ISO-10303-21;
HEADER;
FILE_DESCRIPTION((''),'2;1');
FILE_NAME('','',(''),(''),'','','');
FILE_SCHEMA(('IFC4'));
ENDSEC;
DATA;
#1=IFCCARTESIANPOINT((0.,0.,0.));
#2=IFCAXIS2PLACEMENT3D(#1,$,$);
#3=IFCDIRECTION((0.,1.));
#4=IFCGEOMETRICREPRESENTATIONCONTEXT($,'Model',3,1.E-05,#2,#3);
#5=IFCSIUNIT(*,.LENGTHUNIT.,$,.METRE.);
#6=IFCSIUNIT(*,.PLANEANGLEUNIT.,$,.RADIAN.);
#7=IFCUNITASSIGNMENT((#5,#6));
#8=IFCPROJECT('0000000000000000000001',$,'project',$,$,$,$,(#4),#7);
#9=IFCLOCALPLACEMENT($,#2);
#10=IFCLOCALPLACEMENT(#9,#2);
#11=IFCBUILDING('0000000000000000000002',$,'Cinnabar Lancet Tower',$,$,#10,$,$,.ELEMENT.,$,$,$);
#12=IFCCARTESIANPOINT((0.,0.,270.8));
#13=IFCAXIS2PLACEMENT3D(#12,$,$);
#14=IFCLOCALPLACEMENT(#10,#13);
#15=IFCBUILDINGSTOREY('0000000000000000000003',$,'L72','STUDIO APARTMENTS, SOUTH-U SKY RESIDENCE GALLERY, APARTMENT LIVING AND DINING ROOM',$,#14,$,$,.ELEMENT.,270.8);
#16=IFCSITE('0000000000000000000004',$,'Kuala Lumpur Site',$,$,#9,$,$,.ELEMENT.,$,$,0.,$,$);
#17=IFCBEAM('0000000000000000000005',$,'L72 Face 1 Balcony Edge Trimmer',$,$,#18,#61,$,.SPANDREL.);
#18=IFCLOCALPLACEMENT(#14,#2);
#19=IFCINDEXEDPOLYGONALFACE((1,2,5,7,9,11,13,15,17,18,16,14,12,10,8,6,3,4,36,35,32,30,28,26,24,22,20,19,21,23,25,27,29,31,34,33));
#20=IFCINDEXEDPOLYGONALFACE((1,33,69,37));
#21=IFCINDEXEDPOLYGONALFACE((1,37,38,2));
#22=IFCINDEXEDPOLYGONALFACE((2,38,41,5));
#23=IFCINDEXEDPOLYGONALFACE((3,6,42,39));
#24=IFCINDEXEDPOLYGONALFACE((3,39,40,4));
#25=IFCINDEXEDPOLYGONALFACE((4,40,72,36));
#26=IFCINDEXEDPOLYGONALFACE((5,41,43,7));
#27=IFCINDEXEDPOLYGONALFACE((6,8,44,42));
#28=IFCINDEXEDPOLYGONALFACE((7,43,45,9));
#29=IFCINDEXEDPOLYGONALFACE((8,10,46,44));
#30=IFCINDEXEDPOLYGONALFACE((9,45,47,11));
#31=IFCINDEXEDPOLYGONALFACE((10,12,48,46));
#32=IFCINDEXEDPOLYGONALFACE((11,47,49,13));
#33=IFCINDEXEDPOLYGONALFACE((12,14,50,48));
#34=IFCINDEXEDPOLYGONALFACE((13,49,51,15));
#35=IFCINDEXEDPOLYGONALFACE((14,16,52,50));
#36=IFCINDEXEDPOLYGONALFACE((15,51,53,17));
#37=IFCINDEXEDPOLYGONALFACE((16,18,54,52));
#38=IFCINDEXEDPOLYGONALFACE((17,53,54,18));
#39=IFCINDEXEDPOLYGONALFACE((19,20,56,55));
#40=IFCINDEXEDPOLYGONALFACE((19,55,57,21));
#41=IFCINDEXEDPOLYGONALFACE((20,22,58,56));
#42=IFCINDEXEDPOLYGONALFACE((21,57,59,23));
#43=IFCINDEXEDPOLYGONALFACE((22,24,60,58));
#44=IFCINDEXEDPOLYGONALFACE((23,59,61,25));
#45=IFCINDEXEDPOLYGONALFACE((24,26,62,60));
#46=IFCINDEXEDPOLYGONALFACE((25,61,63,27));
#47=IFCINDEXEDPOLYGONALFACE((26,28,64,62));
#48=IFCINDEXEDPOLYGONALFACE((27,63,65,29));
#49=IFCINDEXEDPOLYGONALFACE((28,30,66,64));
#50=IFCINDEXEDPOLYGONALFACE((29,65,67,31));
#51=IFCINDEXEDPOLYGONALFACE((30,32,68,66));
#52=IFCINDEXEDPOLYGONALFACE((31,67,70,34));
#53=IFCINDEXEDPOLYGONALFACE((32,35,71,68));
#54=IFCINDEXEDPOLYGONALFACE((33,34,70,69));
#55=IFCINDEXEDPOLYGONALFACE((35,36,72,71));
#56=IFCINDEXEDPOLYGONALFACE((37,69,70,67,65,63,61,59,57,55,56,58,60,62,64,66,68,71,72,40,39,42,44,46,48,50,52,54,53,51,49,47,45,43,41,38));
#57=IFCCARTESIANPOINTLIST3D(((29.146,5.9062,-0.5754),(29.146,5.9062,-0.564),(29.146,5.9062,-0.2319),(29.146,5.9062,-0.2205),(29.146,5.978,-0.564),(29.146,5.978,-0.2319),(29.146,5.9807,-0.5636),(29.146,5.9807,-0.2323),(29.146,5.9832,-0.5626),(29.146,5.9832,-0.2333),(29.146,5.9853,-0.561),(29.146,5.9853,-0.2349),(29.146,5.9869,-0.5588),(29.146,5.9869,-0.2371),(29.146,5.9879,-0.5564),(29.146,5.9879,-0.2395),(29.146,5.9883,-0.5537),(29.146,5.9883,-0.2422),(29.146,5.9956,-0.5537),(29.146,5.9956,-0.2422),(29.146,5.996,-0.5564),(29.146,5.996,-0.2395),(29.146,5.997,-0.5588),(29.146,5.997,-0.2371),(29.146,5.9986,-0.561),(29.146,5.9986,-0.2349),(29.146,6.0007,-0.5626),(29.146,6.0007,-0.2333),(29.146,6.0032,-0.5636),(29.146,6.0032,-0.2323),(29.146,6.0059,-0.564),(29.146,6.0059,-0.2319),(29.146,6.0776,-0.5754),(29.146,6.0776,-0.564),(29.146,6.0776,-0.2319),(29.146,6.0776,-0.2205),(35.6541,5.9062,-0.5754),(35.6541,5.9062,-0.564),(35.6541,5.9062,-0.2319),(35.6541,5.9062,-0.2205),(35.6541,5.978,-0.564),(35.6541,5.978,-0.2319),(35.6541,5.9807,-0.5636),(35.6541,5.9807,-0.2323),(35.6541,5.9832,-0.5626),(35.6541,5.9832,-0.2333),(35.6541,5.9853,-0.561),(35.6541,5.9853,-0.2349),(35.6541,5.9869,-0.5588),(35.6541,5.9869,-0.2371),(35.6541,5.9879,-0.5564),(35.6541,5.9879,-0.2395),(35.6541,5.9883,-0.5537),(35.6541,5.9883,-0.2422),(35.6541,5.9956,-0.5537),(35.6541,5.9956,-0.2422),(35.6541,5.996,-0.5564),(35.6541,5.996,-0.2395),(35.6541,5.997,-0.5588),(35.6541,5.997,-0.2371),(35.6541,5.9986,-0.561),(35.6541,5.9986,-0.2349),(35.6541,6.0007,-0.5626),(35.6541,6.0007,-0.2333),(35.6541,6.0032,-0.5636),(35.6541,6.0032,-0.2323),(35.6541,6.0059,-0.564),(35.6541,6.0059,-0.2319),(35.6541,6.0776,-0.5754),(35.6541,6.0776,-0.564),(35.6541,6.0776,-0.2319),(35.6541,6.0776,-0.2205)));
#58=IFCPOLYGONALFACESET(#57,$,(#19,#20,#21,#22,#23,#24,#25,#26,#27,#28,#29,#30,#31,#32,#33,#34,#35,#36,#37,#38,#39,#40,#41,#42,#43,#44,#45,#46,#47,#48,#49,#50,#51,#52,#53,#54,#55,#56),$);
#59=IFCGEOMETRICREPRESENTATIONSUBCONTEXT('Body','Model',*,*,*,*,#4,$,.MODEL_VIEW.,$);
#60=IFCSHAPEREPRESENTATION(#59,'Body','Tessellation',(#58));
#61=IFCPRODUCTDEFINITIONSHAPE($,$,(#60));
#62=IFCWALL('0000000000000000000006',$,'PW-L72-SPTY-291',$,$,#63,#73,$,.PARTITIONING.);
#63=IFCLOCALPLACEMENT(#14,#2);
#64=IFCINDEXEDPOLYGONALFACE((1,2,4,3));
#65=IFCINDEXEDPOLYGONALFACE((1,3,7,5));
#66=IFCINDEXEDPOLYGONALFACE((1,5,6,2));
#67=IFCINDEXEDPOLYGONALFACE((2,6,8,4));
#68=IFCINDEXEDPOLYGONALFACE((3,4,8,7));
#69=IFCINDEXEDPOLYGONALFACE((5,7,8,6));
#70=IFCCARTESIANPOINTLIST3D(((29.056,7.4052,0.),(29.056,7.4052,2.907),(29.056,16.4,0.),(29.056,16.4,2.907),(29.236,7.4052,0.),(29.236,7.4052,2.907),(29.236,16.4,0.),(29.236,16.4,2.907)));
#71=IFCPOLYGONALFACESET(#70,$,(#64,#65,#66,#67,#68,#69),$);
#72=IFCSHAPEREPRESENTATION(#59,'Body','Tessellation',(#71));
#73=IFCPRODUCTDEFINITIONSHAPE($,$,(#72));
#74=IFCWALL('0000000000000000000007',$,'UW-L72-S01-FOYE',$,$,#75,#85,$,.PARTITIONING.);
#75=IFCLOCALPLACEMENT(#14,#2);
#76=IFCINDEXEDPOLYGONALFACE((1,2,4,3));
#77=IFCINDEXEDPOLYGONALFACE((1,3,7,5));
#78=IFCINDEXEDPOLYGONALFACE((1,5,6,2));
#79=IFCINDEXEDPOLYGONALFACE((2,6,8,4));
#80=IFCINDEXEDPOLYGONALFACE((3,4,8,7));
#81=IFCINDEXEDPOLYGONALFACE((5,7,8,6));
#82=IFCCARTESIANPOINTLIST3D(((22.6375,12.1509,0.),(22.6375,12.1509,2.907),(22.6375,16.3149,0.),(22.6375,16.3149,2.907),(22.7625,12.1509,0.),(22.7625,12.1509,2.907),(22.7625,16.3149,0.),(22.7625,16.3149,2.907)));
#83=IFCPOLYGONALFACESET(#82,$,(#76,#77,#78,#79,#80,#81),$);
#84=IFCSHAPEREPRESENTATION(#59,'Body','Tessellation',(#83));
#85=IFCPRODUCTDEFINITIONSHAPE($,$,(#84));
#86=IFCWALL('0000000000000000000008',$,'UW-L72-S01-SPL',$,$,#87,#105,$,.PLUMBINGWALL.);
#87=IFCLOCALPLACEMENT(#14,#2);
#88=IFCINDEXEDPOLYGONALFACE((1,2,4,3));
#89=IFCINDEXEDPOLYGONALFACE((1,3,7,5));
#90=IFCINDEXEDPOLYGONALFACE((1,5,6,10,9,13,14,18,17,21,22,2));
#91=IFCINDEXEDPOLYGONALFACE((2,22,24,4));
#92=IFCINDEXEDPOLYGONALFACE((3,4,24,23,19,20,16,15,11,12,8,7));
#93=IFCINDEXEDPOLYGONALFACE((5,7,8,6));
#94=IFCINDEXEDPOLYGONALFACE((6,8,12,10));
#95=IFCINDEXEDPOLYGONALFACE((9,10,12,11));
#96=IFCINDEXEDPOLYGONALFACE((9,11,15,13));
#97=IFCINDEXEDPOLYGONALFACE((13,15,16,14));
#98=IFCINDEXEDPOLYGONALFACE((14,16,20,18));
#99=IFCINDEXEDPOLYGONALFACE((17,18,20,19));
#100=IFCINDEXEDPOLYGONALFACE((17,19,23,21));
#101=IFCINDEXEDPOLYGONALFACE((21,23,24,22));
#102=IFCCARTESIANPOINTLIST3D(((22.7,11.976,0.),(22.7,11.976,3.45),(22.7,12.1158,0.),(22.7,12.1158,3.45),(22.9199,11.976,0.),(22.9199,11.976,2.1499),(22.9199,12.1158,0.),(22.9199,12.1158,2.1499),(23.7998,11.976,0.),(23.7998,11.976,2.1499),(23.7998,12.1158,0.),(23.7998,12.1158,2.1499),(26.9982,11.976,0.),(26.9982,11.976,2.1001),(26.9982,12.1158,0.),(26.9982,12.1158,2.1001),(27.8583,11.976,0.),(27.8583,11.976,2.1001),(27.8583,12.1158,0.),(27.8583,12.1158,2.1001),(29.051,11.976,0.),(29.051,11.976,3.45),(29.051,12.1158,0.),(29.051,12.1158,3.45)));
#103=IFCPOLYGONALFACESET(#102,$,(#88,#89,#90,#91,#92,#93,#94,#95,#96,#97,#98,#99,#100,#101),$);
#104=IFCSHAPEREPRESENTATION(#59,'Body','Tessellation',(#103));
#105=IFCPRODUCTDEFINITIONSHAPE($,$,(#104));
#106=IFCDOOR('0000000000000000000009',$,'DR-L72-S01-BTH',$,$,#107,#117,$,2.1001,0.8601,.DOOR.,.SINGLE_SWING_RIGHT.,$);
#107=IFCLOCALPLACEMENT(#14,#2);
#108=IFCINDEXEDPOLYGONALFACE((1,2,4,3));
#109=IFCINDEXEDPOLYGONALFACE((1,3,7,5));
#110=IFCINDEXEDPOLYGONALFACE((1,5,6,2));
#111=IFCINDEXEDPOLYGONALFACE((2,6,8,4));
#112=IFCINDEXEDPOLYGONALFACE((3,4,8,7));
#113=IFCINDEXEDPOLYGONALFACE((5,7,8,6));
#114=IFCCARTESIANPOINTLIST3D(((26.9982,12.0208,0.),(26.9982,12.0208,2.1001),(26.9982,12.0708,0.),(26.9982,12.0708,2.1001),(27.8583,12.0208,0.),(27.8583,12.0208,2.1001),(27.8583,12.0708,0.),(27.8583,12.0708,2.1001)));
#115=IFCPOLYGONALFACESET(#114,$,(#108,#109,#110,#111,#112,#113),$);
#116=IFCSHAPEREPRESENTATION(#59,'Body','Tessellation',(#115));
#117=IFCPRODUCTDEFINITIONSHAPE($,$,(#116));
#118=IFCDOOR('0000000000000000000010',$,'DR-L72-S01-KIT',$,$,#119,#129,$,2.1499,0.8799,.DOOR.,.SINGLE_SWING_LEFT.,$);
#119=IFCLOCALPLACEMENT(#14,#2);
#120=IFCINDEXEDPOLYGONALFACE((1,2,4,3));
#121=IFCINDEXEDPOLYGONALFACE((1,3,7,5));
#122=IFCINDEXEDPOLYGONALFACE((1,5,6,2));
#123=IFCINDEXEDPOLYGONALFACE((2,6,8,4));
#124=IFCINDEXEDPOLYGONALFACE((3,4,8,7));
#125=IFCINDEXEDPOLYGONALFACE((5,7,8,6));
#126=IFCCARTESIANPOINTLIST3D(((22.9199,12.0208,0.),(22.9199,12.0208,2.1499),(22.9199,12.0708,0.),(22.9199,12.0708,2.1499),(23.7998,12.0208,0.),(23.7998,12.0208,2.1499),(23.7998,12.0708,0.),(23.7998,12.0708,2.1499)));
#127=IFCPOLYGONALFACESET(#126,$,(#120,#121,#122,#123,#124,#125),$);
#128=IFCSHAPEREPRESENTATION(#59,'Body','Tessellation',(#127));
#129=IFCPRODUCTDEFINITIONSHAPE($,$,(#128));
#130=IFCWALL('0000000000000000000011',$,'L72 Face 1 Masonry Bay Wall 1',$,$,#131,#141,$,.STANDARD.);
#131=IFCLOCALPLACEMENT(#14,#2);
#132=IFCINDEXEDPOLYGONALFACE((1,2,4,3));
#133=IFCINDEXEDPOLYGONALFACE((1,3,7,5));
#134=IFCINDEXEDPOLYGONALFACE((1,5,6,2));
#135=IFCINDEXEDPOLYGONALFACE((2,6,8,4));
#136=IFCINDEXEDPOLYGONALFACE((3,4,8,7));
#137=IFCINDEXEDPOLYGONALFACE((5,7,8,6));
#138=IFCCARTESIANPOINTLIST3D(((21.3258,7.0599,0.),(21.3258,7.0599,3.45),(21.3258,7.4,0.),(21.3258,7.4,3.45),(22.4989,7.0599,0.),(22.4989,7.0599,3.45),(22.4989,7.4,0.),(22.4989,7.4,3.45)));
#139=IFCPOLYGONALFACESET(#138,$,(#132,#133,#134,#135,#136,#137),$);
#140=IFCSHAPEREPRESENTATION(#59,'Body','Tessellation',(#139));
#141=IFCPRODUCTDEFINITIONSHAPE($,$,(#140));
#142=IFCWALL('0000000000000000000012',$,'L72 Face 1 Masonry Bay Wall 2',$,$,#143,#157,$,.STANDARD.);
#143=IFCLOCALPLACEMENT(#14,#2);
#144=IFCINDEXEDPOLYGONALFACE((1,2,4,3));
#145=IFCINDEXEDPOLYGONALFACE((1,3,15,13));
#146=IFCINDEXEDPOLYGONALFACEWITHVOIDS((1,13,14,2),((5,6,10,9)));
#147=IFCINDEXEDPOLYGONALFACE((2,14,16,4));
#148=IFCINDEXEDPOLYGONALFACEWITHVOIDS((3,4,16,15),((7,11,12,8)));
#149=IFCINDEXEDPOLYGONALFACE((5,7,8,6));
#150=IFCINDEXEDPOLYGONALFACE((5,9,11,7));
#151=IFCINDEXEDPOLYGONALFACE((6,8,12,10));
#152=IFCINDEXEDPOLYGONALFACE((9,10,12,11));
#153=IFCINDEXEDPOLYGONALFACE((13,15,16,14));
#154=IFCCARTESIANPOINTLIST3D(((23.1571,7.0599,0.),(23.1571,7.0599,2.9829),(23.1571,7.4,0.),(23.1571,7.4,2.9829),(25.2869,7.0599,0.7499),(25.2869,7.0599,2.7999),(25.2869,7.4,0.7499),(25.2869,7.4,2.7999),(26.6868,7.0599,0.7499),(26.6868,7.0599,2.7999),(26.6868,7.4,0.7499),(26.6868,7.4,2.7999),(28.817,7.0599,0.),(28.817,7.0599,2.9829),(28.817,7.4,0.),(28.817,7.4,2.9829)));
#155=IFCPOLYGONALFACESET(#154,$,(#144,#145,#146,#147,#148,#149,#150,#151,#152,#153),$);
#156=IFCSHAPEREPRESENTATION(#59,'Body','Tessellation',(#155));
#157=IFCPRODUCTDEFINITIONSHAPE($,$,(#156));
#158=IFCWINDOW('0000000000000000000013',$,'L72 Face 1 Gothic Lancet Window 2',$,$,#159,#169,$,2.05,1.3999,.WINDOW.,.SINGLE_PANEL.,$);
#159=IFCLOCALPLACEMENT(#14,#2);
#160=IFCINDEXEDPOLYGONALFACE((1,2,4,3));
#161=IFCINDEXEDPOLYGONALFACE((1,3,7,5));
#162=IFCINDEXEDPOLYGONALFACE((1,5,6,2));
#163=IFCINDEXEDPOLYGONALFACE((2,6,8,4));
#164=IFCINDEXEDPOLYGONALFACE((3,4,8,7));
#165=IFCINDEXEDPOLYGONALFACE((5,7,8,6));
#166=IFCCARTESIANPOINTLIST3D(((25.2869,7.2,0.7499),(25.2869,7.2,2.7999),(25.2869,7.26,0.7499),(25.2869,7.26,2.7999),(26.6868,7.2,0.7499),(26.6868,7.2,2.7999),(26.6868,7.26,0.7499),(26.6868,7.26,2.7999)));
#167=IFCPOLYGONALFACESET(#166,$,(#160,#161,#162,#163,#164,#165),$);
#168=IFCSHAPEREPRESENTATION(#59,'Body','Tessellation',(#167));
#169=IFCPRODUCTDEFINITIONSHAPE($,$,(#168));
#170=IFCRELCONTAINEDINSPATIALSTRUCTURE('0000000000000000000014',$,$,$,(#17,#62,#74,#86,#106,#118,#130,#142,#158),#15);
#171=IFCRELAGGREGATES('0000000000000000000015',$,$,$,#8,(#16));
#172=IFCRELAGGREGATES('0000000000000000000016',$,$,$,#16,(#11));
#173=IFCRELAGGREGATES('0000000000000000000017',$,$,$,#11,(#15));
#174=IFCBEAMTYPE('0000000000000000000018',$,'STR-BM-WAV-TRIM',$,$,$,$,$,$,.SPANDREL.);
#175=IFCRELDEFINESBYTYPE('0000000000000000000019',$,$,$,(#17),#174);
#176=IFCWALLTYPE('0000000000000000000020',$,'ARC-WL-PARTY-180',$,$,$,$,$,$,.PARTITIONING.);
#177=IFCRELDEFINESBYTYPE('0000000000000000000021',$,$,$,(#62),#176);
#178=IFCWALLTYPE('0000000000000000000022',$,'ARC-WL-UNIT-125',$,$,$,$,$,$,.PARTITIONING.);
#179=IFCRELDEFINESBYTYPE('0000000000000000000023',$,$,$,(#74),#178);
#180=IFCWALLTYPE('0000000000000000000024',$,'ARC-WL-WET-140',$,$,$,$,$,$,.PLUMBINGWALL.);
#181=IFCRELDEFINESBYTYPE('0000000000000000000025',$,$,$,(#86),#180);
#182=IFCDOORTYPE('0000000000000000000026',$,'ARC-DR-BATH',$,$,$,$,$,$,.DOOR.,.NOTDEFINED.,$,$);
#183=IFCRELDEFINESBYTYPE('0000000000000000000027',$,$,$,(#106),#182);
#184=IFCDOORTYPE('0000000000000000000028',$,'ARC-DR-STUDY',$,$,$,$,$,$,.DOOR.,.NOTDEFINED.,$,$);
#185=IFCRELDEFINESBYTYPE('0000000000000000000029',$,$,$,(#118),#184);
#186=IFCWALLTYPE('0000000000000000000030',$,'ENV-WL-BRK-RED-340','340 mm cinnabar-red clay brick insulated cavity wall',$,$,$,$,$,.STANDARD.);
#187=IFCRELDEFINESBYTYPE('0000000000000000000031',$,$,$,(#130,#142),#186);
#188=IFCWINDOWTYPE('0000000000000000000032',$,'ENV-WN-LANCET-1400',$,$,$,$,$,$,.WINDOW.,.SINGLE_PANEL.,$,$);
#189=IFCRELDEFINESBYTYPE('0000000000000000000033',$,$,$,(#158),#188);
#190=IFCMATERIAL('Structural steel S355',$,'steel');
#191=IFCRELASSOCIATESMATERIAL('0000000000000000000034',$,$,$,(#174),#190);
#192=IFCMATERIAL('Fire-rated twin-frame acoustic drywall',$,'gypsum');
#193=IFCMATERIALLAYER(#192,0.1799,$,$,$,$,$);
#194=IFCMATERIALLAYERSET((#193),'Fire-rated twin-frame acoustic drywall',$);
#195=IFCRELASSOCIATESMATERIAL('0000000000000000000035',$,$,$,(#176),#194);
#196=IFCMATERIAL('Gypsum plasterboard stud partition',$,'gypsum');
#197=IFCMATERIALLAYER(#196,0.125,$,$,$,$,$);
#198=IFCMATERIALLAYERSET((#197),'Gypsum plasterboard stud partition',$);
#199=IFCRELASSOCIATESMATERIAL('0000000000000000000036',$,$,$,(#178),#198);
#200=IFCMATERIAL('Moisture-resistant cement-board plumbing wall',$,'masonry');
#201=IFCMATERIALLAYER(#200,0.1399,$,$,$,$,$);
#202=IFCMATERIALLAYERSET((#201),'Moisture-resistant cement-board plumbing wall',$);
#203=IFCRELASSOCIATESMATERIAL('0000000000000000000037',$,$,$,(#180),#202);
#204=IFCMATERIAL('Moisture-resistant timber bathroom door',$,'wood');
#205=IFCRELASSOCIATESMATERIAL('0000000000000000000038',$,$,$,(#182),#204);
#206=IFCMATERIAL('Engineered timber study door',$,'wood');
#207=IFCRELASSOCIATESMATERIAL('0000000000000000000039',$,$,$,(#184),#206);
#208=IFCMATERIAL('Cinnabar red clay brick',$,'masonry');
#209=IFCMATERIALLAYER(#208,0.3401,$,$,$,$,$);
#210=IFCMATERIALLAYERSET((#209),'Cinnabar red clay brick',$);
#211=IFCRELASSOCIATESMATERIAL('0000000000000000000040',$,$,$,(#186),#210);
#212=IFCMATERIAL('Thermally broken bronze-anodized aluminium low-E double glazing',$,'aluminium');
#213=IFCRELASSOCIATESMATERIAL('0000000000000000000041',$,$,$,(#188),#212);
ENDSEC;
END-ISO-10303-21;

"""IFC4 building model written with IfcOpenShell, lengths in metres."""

from ifc_helpers import new_model, si_unit, direction, frame, frame_2d, origin, origin_2d, place, context, subcontext, project, spatial, rectangle, i_section, extrude, material, layer, layer_set, material_profile, profile_set, type_object, element, fill, save


model = new_model("IFC4")

# Units and contexts
model_context = context("Model", 3, precision=1e-05, world=origin(), true_north=direction((0.0, 1.0)))
body_context = subcontext(model_context, "Body", "Model", "MODEL_VIEW")
ifc_project = project(units=[si_unit("LENGTHUNIT", "METRE"), si_unit("PLANEANGLEUNIT", "RADIAN")], contexts=[model_context])

# Site, building, storey
site_placement = place(None, origin())
site = spatial("IfcSite", under=ifc_project, at=site_placement, Name="Kuala Lumpur Site", CompositionType="ELEMENT", RefElevation=0.0)
building_placement = place(site_placement, origin())
building = spatial("IfcBuilding", under=site, at=building_placement, Name="Cinnabar Lancet Tower", CompositionType="ELEMENT")
storey_placement = place(building_placement, frame((0.0, 0.0, 270.8)))
storey = spatial("IfcBuildingStorey", under=building, at=storey_placement, Name="L72", Description="STUDIO APARTMENTS, SOUTH-U SKY RESIDENCE GALLERY, APARTMENT LIVING AND DINING ROOM", CompositionType="ELEMENT", Elevation=270.8)

# Beam
ifc_material_1 = material(Name="Structural steel S355", Category="steel")
ifc_material_profile_1 = material_profile(ifc_material_1, i_section(OverallWidth=0.1714, OverallDepth=0.355, WebThickness=0.0073, FlangeThickness=0.0115, FilletRadius=0.0103, at=origin_2d()), Name="UKB 356x171x51")
ifc_profile_set_1 = profile_set([ifc_material_profile_1], Name="Structural steel S355")
beam_type_1 = type_object("IfcBeamType", Name="STR-BM-WAV-TRIM", PredefinedType="SPANDREL", material=ifc_profile_set_1)
beam_1_placement = place(storey_placement, frame((29.146, 5.9919, -0.3979), z_axis=(1.0, 0.0, 0.0), x_axis=(0.0, 1.0, 0.0)))
element("IfcBeam", 1, at=beam_1_placement, inside=storey, type_object=beam_type_1, Name="L72 Face 1 Balcony Edge Trimmer", PredefinedType="SPANDREL", context=body_context, shape_type="SweptSolid", body=[
    extrude(i_section(OverallWidth=0.1714, OverallDepth=0.355, WebThickness=0.0073, FlangeThickness=0.0115, FilletRadius=0.0103, at=origin_2d()), origin(), (0.0, 0.0, 1.0), 6.5081),
])

# Walls
ifc_material_2 = material(Name="Fire-rated twin-frame acoustic drywall", Category="gypsum")
ifc_layer_1 = layer(ifc_material_2, 0.1799)
ifc_layer_set_1 = layer_set([ifc_layer_1], Name="Fire-rated twin-frame acoustic drywall")
wall_type_1 = type_object("IfcWallType", Name="ARC-WL-PARTY-180", PredefinedType="PARTITIONING", material=ifc_layer_set_1)
wall_1_placement = place(storey_placement, frame((29.146, 7.405, 0.0), z_axis=(0.0, 0.0, 1.0), x_axis=(0.0, 1.0, 0.0)))
element("IfcWall", 2, at=wall_1_placement, inside=storey, type_object=wall_type_1, Name="PW-L72-SPTY-291", PredefinedType="PARTITIONING", context=body_context, shape_type="SweptSolid", body=[
    extrude(rectangle(XDim=8.9949, YDim=0.1799, at=frame_2d((4.4976, 0.0))), origin(), (0.0, 0.0, 1.0), 2.907),
])
ifc_material_3 = material(Name="Gypsum plasterboard stud partition", Category="gypsum")
ifc_layer_2 = layer(ifc_material_3, 0.125)
ifc_layer_set_2 = layer_set([ifc_layer_2], Name="Gypsum plasterboard stud partition")
wall_type_2 = type_object("IfcWallType", Name="ARC-WL-UNIT-125", PredefinedType="PARTITIONING", material=ifc_layer_set_2)
wall_2_placement = place(storey_placement, frame((22.7, 12.1509, 0.0), z_axis=(0.0, 0.0, 1.0), x_axis=(0.0, 1.0, 0.0)))
element("IfcWall", 3, at=wall_2_placement, inside=storey, type_object=wall_type_2, Name="UW-L72-S01-FOYE", PredefinedType="PARTITIONING", context=body_context, shape_type="SweptSolid", body=[
    extrude(rectangle(XDim=4.1641, YDim=0.125, at=frame_2d((2.082, 0.0))), origin(), (0.0, 0.0, 1.0), 2.907),
])

# Wall, openings, doors
ifc_material_4 = material(Name="Moisture-resistant cement-board plumbing wall", Category="masonry")
ifc_layer_3 = layer(ifc_material_4, 0.1399)
ifc_layer_set_3 = layer_set([ifc_layer_3], Name="Moisture-resistant cement-board plumbing wall")
wall_type_3 = type_object("IfcWallType", Name="ARC-WL-WET-140", PredefinedType="PLUMBINGWALL", material=ifc_layer_set_3)
wall_3_placement = place(storey_placement, frame((22.7, 12.0459, 0.0), z_axis=(0.0, 0.0, 1.0), x_axis=(1.0, 0.0, 0.0)))
wall_3 = element("IfcWall", 4, at=wall_3_placement, inside=storey, type_object=wall_type_3, Name="UW-L72-S01-SPL", PredefinedType="PLUMBINGWALL", context=body_context, shape_type="SweptSolid", body=[
    extrude(rectangle(XDim=6.3511, YDim=0.1399, at=frame_2d((3.1755, 0.0))), origin(), (0.0, 0.0, 1.0), 3.45),
])
opening_1_placement = place(wall_3_placement, frame((4.2981, 0.0, 0.0)))
opening_1 = element("IfcOpeningElement", 5, at=opening_1_placement, cuts=wall_3, PredefinedType="OPENING", context=body_context, shape_type="SweptSolid", body=[
    extrude(rectangle(XDim=0.8601, YDim=2.1001, at=frame_2d((0.4302, 1.05))), frame((0.0, 0.0798, 0.0), z_axis=(0.0, -1.0, 0.0), x_axis=(1.0, 0.0, 0.0)), (0.0, 0.0, 1.0), 0.1599),
])
opening_2_placement = place(wall_3_placement, frame((0.22, 0.0, 0.0)))
opening_2 = element("IfcOpeningElement", 6, at=opening_2_placement, cuts=wall_3, PredefinedType="OPENING", context=body_context, shape_type="SweptSolid", body=[
    extrude(rectangle(XDim=0.8799, YDim=2.1499, at=frame_2d((0.4399, 1.075))), frame((0.0, 0.0798, 0.0), z_axis=(0.0, -1.0, 0.0), x_axis=(1.0, 0.0, 0.0)), (0.0, 0.0, 1.0), 0.1599),
])
ifc_material_5 = material(Name="Moisture-resistant timber bathroom door", Category="wood")
door_type_1 = type_object("IfcDoorType", Name="ARC-DR-BATH", OperationType="NOTDEFINED", PredefinedType="DOOR", material=ifc_material_5)
door_1_placement = place(opening_1_placement, origin())
door_1 = element("IfcDoor", 7, at=door_1_placement, inside=storey, type_object=door_type_1, Name="DR-L72-S01-BTH", OperationType="SINGLE_SWING_RIGHT", OverallHeight=2.1001, OverallWidth=0.8601, PredefinedType="DOOR", context=body_context, shape_type="SweptSolid", body=[
    extrude(rectangle(XDim=0.8601, YDim=2.1001, at=frame_2d((0.4302, 1.05))), frame((0.0, 0.0249, 0.0), z_axis=(0.0, -1.0, 0.0), x_axis=(1.0, 0.0, 0.0)), (0.0, 0.0, 1.0), 0.05),
])
fill(opening_1, door_1)
ifc_material_6 = material(Name="Engineered timber study door", Category="wood")
door_type_2 = type_object("IfcDoorType", Name="ARC-DR-STUDY", OperationType="NOTDEFINED", PredefinedType="DOOR", material=ifc_material_6)
door_2_placement = place(opening_2_placement, origin())
door_2 = element("IfcDoor", 8, at=door_2_placement, inside=storey, type_object=door_type_2, Name="DR-L72-S01-KIT", OperationType="SINGLE_SWING_LEFT", OverallHeight=2.1499, OverallWidth=0.8799, PredefinedType="DOOR", context=body_context, shape_type="SweptSolid", body=[
    extrude(rectangle(XDim=0.8799, YDim=2.1499, at=frame_2d((0.4399, 1.075))), frame((0.0, 0.0249, 0.0), z_axis=(0.0, -1.0, 0.0), x_axis=(1.0, 0.0, 0.0)), (0.0, 0.0, 1.0), 0.05),
])
fill(opening_2, door_2)

# Wall
ifc_material_7 = material(Name="Cinnabar red clay brick", Category="masonry")
ifc_layer_4 = layer(ifc_material_7, 0.3401)
ifc_layer_set_4 = layer_set([ifc_layer_4], Name="Cinnabar red clay brick")
wall_type_4 = type_object("IfcWallType", Name="ENV-WL-BRK-RED-340", Description="340 mm cinnabar-red clay brick insulated cavity wall", PredefinedType="STANDARD", material=ifc_layer_set_4)
wall_4_placement = place(storey_placement, frame((21.3259, 7.23, 0.0), z_axis=(0.0, 0.0, 1.0), x_axis=(1.0, 0.0, 0.0)))
element("IfcWall", 9, at=wall_4_placement, inside=storey, type_object=wall_type_4, Name="L72 Face 1 Masonry Bay Wall 1", PredefinedType="STANDARD", context=body_context, shape_type="SweptSolid", body=[
    extrude(rectangle(XDim=1.1731, YDim=0.3401, at=frame_2d((0.5864, 0.0))), origin(), (0.0, 0.0, 1.0), 3.45),
])

# Wall, opening, window
wall_5_placement = place(storey_placement, frame((23.157, 7.23, 0.0), z_axis=(0.0, 0.0, 1.0), x_axis=(1.0, 0.0, 0.0)))
wall_5 = element("IfcWall", 10, at=wall_5_placement, inside=storey, type_object=wall_type_4, Name="L72 Face 1 Masonry Bay Wall 2", PredefinedType="STANDARD", context=body_context, shape_type="SweptSolid", body=[
    extrude(rectangle(XDim=5.6599, YDim=0.3401, at=frame_2d((2.8301, 0.0))), origin(), (0.0, 0.0, 1.0), 2.9829),
])
opening_3_placement = place(wall_5_placement, frame((2.1299, 0.0, 0.75)))
opening_3 = element("IfcOpeningElement", 11, at=opening_3_placement, cuts=wall_5, PredefinedType="OPENING", context=body_context, shape_type="SweptSolid", body=[
    extrude(rectangle(XDim=1.3999, YDim=2.05, at=frame_2d((0.7, 1.0249))), frame((0.0, 0.1799, 0.0), z_axis=(0.0, -1.0, 0.0), x_axis=(1.0, 0.0, 0.0)), (0.0, 0.0, 1.0), 0.3601),
])
ifc_material_8 = material(Name="Thermally broken bronze-anodized aluminium low-E double glazing", Category="aluminium")
window_type = type_object("IfcWindowType", Name="ENV-WN-LANCET-1400", PartitioningType="SINGLE_PANEL", PredefinedType="WINDOW", material=ifc_material_8)
window_placement = place(opening_3_placement, origin())
window = element("IfcWindow", 12, at=window_placement, inside=storey, type_object=window_type, Name="L72 Face 1 Gothic Lancet Window 2", OverallHeight=2.05, OverallWidth=1.3999, PartitioningType="SINGLE_PANEL", PredefinedType="WINDOW", context=body_context, shape_type="SweptSolid", body=[
    extrude(rectangle(XDim=1.3999, YDim=2.05, at=frame_2d((0.7, 1.0249))), frame((0.0, 0.03, 0.0), z_axis=(0.0, -1.0, 0.0), x_axis=(1.0, 0.0, 0.0)), (0.0, 0.0, 1.0), 0.0601),
])
fill(opening_3, window)

save(model, "model.ifc")
